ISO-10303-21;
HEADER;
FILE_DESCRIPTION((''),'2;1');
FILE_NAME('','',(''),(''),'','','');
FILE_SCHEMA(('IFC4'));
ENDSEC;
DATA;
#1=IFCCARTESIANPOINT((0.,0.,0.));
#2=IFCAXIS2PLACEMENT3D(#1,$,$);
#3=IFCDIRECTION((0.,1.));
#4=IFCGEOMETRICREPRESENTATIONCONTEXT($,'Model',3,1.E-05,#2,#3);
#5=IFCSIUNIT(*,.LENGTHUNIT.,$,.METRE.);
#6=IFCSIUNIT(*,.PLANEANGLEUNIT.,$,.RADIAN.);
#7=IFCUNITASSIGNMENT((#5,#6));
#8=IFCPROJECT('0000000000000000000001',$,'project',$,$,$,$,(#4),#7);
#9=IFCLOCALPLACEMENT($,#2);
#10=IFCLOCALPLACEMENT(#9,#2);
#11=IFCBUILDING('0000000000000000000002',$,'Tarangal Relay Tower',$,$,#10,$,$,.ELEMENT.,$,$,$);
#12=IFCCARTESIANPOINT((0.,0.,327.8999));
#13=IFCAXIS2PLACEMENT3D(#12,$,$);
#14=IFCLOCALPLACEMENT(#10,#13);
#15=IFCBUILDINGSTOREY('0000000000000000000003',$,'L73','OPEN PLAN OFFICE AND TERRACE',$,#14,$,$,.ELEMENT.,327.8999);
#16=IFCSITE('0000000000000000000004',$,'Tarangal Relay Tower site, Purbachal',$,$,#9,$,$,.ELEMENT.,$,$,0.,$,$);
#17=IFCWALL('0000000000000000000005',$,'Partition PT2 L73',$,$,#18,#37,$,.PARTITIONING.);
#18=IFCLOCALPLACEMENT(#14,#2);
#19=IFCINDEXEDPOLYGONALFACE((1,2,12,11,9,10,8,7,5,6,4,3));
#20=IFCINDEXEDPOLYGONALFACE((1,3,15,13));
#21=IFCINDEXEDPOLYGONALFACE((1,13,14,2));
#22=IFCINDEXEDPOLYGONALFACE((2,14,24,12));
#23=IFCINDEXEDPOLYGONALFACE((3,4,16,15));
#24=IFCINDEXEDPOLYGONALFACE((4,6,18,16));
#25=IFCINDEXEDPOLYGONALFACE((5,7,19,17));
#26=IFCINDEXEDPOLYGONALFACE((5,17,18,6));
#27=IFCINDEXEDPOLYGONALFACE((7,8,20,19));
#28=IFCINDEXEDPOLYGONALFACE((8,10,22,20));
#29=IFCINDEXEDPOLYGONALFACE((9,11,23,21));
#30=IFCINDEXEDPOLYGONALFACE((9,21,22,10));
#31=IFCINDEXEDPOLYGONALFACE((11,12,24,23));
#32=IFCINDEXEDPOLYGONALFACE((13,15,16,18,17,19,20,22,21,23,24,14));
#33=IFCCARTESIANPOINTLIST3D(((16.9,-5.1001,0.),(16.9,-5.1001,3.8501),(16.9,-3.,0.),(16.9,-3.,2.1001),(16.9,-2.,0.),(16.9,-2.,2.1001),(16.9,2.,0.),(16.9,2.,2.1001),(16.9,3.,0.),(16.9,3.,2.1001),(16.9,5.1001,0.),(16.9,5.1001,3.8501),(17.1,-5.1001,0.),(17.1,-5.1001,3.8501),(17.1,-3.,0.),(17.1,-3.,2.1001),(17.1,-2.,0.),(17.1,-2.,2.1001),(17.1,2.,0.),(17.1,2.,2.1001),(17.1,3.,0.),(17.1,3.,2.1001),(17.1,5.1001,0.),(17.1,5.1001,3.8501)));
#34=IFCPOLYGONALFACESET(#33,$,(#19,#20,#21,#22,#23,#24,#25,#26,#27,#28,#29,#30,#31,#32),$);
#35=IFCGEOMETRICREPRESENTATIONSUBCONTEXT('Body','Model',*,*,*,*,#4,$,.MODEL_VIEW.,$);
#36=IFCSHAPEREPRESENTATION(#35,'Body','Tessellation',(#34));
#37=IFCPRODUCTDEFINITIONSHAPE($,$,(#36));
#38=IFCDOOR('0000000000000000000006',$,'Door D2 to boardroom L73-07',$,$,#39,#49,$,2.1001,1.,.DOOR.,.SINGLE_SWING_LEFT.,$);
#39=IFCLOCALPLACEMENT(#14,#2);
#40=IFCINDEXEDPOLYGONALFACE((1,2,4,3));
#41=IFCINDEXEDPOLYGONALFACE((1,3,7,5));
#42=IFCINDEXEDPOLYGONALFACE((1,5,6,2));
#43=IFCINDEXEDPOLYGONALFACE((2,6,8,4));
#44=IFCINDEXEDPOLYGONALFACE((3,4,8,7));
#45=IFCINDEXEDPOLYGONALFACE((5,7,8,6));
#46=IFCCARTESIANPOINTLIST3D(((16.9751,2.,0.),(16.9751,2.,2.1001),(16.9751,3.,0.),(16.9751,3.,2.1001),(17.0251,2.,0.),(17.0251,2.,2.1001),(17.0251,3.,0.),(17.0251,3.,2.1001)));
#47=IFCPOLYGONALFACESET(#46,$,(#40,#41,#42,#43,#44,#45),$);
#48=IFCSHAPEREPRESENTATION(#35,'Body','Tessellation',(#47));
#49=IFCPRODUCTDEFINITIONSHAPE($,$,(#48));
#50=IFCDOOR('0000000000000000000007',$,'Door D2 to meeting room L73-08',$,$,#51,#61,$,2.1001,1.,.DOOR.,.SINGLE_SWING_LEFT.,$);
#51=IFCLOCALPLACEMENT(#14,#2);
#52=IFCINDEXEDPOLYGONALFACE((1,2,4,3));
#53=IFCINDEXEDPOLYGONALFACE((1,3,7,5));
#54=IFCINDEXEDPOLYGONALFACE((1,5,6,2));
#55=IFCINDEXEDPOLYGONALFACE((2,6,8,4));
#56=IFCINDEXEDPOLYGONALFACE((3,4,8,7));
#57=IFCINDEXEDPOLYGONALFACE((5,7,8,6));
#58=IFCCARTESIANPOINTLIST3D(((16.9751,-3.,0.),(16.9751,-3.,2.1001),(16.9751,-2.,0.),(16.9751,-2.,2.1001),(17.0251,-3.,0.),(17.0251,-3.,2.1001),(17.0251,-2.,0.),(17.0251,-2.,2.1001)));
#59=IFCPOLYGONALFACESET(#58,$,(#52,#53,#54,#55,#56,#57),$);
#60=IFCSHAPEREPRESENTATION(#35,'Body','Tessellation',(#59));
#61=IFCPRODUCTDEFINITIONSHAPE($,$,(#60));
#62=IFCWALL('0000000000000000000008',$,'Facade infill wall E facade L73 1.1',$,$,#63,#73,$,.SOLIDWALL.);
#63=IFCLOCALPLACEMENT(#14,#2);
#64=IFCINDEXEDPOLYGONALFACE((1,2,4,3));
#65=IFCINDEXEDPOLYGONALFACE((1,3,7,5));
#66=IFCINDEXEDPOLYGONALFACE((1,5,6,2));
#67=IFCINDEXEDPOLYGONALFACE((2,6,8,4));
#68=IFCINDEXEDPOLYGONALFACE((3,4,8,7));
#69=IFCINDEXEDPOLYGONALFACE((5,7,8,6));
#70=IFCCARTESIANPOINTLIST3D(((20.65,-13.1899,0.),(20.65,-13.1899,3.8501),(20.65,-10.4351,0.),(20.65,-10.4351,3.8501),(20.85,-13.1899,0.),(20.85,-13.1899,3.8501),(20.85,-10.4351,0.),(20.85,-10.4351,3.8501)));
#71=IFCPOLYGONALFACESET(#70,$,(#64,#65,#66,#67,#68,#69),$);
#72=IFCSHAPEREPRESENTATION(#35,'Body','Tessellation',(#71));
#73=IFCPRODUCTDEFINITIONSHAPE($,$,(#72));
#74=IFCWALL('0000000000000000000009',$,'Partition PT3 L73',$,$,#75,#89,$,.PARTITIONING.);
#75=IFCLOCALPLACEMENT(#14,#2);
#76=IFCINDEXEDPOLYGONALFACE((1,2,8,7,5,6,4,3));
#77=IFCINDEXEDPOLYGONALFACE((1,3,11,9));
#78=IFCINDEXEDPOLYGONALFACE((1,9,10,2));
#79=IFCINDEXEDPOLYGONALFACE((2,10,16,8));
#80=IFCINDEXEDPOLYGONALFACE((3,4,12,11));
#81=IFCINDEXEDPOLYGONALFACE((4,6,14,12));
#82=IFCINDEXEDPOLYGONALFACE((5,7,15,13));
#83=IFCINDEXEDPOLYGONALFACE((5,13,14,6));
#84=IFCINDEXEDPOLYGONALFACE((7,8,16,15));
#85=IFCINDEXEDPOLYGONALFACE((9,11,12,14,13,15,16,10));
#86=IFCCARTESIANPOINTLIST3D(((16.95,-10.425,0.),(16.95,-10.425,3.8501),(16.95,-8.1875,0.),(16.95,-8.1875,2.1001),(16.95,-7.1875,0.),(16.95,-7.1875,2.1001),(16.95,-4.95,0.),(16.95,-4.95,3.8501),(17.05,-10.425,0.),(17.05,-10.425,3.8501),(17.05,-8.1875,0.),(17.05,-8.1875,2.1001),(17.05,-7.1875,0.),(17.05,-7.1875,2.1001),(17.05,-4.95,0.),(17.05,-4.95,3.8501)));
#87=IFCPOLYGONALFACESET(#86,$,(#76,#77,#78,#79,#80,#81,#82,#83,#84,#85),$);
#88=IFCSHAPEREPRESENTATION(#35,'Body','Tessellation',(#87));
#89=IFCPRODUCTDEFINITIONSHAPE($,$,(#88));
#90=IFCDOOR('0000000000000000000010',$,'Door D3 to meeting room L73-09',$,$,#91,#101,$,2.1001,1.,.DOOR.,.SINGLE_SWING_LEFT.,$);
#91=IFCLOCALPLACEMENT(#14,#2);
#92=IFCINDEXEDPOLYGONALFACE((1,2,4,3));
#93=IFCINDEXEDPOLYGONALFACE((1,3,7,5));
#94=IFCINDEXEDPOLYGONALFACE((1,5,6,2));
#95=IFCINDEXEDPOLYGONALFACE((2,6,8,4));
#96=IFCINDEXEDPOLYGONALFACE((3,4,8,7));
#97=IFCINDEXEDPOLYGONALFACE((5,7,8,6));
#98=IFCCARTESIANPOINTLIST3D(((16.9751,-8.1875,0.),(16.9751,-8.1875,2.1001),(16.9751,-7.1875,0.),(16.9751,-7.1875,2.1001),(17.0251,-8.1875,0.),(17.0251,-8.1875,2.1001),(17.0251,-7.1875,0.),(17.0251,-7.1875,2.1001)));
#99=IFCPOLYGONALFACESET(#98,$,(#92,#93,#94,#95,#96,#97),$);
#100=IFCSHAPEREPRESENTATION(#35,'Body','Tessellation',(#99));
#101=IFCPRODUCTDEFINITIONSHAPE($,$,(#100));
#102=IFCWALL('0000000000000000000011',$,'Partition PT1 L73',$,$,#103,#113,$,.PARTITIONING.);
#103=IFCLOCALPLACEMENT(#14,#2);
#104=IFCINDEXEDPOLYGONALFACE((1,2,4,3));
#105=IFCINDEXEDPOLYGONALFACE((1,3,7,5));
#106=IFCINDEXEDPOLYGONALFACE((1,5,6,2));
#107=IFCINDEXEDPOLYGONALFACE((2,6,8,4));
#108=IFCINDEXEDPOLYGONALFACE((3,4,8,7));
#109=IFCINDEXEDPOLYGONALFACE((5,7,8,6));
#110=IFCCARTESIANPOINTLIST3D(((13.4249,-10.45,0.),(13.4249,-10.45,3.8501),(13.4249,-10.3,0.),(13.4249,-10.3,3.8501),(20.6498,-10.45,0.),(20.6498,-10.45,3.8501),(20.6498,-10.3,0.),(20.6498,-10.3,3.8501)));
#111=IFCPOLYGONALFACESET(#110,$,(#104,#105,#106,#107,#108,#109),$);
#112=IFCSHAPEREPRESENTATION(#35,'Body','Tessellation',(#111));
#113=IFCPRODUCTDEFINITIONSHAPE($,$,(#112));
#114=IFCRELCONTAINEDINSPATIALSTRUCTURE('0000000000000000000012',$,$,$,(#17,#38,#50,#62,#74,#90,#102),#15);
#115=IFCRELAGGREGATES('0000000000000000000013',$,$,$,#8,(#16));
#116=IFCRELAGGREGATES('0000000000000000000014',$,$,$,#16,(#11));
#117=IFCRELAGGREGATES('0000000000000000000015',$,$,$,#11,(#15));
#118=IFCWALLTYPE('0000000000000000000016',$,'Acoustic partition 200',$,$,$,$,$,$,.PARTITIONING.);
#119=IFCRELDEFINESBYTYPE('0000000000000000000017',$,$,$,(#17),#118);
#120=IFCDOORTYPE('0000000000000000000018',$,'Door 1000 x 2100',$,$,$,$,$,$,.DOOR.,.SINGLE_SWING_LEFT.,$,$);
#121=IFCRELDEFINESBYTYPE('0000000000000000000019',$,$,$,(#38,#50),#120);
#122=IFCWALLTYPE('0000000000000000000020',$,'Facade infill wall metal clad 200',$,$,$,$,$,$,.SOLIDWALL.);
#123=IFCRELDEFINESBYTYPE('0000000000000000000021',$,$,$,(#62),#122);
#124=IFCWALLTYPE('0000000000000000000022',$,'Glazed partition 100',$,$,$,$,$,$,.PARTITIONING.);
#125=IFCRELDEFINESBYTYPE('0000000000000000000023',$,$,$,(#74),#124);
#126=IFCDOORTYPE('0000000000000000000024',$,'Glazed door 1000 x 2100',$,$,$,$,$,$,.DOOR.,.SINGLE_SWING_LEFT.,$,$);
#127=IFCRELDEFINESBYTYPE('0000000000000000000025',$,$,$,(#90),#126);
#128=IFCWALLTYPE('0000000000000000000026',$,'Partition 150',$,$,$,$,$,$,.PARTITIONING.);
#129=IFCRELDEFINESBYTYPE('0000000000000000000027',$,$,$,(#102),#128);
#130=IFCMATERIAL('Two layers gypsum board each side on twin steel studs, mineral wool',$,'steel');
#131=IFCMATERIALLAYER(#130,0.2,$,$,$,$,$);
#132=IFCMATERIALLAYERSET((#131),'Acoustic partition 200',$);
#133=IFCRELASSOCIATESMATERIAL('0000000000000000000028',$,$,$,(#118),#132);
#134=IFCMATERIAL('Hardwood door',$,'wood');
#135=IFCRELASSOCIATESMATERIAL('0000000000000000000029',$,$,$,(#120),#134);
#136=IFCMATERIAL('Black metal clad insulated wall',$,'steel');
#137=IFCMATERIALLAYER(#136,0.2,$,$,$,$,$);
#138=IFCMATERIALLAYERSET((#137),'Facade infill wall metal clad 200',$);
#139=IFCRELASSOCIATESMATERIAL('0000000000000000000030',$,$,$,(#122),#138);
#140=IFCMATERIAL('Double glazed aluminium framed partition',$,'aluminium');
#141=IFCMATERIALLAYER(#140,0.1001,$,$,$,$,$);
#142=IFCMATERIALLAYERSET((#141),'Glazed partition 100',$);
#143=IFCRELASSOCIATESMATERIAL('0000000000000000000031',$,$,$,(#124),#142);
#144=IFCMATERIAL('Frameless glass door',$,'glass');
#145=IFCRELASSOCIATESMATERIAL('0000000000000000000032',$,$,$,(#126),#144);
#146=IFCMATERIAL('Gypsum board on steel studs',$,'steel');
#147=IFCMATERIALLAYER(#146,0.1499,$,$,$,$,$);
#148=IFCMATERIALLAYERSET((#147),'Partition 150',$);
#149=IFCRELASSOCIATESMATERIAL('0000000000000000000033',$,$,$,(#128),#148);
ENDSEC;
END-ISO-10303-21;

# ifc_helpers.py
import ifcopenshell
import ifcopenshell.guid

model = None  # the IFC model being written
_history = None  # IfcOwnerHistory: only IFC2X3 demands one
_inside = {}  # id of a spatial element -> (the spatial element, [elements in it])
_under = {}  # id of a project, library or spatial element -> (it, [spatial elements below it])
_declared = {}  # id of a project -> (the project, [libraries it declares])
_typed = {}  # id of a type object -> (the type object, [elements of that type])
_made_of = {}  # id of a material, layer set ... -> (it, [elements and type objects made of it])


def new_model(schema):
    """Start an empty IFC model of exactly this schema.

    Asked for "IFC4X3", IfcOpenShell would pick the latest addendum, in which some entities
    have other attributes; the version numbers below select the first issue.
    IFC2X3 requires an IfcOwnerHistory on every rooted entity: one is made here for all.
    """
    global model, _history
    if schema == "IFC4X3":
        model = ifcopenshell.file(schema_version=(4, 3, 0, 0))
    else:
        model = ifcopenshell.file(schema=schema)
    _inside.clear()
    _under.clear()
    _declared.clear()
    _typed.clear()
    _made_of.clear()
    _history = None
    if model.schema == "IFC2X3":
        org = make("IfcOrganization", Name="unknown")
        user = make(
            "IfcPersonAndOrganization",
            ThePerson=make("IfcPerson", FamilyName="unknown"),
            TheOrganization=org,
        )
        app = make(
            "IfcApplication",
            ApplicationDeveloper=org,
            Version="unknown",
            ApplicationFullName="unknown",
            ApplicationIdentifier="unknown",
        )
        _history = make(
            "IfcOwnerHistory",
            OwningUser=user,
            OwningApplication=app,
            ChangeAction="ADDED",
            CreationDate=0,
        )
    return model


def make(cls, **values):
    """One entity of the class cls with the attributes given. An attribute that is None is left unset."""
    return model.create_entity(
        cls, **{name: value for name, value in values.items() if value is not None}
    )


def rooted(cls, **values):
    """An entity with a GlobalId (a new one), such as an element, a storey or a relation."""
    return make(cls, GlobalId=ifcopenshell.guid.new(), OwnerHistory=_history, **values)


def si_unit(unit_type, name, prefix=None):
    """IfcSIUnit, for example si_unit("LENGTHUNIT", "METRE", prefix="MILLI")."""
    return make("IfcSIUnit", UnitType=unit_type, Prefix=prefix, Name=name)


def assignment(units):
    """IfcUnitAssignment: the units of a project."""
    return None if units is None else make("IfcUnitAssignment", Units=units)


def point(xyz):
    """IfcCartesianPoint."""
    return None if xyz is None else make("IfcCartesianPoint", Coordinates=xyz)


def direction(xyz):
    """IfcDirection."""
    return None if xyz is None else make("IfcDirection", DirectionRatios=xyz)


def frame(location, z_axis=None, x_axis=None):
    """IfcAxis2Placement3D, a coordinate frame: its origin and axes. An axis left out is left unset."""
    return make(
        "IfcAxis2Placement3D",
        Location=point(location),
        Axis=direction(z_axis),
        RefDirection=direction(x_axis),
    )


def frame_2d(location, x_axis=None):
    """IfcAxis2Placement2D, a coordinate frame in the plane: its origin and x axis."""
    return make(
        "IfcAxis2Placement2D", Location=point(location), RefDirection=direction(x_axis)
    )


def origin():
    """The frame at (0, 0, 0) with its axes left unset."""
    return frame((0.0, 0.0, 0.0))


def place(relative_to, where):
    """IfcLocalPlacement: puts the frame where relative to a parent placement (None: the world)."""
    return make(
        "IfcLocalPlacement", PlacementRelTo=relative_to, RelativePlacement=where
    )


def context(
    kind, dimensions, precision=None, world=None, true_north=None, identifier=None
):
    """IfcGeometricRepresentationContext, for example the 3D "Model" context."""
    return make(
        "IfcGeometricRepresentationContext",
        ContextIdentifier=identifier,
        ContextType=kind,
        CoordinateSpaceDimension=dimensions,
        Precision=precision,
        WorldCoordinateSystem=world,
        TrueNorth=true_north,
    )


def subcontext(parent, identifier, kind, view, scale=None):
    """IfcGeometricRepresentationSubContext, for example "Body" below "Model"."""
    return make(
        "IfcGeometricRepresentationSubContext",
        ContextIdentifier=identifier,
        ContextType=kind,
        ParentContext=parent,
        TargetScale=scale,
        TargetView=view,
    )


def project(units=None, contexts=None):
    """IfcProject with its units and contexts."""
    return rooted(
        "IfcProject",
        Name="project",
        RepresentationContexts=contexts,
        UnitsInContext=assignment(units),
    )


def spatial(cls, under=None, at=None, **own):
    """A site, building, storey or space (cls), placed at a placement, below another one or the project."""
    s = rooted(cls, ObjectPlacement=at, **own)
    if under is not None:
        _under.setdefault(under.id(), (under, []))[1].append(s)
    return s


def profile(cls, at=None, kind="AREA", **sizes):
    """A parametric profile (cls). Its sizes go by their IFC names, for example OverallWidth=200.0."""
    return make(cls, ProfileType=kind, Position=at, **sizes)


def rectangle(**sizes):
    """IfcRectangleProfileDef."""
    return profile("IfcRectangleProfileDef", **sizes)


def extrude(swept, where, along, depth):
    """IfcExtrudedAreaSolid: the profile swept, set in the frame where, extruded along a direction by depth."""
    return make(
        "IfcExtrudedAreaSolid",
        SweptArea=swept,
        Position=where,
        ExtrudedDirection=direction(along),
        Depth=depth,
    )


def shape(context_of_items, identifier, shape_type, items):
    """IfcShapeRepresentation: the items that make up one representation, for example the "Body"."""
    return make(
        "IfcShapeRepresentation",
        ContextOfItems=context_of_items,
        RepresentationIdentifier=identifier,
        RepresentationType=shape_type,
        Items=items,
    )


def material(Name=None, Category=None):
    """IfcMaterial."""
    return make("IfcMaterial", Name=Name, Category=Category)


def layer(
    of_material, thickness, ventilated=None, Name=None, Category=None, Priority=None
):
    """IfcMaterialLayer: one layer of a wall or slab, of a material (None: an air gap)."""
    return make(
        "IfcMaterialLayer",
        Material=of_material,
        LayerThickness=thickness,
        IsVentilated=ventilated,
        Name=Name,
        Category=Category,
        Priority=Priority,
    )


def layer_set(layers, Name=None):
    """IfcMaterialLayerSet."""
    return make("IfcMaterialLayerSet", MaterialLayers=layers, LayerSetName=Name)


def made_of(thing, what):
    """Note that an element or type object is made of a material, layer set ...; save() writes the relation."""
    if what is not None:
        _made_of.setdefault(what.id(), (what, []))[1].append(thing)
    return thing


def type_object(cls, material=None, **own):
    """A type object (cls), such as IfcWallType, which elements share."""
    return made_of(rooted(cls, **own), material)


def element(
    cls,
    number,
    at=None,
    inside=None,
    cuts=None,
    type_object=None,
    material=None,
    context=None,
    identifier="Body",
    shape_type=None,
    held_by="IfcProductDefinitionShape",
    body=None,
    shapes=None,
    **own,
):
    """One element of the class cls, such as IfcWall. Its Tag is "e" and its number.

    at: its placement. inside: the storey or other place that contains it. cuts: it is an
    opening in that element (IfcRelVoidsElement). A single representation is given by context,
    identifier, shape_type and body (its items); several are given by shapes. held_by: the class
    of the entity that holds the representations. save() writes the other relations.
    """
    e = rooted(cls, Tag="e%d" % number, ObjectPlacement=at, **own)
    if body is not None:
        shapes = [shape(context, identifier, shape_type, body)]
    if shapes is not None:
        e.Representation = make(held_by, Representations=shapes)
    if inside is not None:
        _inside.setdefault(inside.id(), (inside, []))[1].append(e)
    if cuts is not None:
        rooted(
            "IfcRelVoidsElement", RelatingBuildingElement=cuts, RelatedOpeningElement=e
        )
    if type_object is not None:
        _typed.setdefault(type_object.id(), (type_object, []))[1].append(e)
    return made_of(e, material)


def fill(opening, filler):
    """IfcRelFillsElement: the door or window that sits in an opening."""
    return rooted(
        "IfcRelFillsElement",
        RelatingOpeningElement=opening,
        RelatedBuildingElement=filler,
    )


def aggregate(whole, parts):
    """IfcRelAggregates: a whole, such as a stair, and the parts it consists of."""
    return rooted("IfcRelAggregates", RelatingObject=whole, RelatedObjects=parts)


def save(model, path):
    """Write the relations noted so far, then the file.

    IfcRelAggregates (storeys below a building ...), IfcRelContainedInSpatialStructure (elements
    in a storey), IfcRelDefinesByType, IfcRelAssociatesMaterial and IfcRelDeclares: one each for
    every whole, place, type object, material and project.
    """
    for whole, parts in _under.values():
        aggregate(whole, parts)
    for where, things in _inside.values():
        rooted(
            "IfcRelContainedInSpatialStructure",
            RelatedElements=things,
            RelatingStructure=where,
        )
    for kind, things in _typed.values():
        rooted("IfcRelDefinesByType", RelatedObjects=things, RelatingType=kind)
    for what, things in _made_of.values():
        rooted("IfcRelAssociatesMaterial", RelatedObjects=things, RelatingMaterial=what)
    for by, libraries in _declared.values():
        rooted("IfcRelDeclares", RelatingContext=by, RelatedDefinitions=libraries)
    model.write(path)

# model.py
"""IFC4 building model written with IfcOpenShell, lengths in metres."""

from ifc_helpers import new_model, si_unit, direction, frame, frame_2d, origin, place, context, subcontext, project, spatial, rectangle, extrude, material, layer, layer_set, type_object, element, fill, save


model = new_model("IFC4")

# Units and contexts
model_context = context("Model", 3, precision=1e-05, world=origin(), true_north=direction((0.0, 1.0)))
body_context = subcontext(model_context, "Body", "Model", "MODEL_VIEW")
ifc_project = project(units=[si_unit("LENGTHUNIT", "METRE"), si_unit("PLANEANGLEUNIT", "RADIAN")], contexts=[model_context])

# Site, building, storey
site_placement = place(None, origin())
site = spatial("IfcSite", under=ifc_project, at=site_placement, Name="Tarangal Relay Tower site, Purbachal", CompositionType="ELEMENT", RefElevation=0.0)
building_placement = place(site_placement, origin())
building = spatial("IfcBuilding", under=site, at=building_placement, Name="Tarangal Relay Tower", CompositionType="ELEMENT")
storey_placement = place(building_placement, frame((0.0, 0.0, 327.8999)))
storey = spatial("IfcBuildingStorey", under=building, at=storey_placement, Name="L73", Description="OPEN PLAN OFFICE AND TERRACE", CompositionType="ELEMENT", Elevation=327.8999)

# Shared definitions
ifc_material_1 = material(Name="Two layers gypsum board each side on twin steel studs, mineral wool", Category="steel")
ifc_layer_1 = layer(ifc_material_1, 0.2)
ifc_layer_set_1 = layer_set([ifc_layer_1], Name="Acoustic partition 200")
wall_type_1 = type_object("IfcWallType", Name="Acoustic partition 200", PredefinedType="PARTITIONING", material=ifc_layer_set_1)

# Wall, openings, doors
wall_1_placement = place(storey_placement, frame((17.0, -5.1001, 0.0), z_axis=(0.0, 0.0, 1.0), x_axis=(0.0, 1.0, 0.0)))
wall_1 = element("IfcWall", 1, at=wall_1_placement, inside=storey, type_object=wall_type_1, Name="Partition PT2 L73", PredefinedType="PARTITIONING", context=body_context, shape_type="SweptSolid", body=[
    extrude(rectangle(XDim=10.2002, YDim=0.2, at=frame_2d((5.1001, 0.0))), origin(), (0.0, 0.0, 1.0), 3.8501),
])
opening_1_placement = place(wall_1_placement, frame((7.1001, 0.0, 0.0)))
opening_1 = element("IfcOpeningElement", 2, at=opening_1_placement, cuts=wall_1, PredefinedType="OPENING", context=body_context, shape_type="SweptSolid", body=[
    extrude(rectangle(XDim=1.0, YDim=2.1001, at=frame_2d((0.5, 1.05))), frame((0.0, 0.1099, 0.0), z_axis=(0.0, -1.0, 0.0), x_axis=(1.0, 0.0, 0.0)), (0.0, 0.0, 1.0), 0.22),
])
opening_2_placement = place(wall_1_placement, frame((2.1001, 0.0, 0.0)))
opening_2 = element("IfcOpeningElement", 3, at=opening_2_placement, cuts=wall_1, PredefinedType="OPENING", context=body_context, shape_type="SweptSolid", body=[
    extrude(rectangle(XDim=1.0, YDim=2.1001, at=frame_2d((0.5, 1.05))), frame((0.0, 0.1099, 0.0), z_axis=(0.0, -1.0, 0.0), x_axis=(1.0, 0.0, 0.0)), (0.0, 0.0, 1.0), 0.22),
])
ifc_material_2 = material(Name="Hardwood door", Category="wood")
door_type_1 = type_object("IfcDoorType", Name="Door 1000 x 2100", OperationType="SINGLE_SWING_LEFT", PredefinedType="DOOR", material=ifc_material_2)
door_1_placement = place(opening_1_placement, origin())
door_1 = element("IfcDoor", 4, at=door_1_placement, inside=storey, type_object=door_type_1, Name="Door D2 to boardroom L73-07", OperationType="SINGLE_SWING_LEFT", OverallHeight=2.1001, OverallWidth=1.0, PredefinedType="DOOR", context=body_context, shape_type="SweptSolid", body=[
    extrude(rectangle(XDim=1.0, YDim=2.1001, at=frame_2d((0.5, 1.05))), frame((0.0, 0.0249, 0.0), z_axis=(0.0, -1.0, 0.0), x_axis=(1.0, 0.0, 0.0)), (0.0, 0.0, 1.0), 0.05),
])
fill(opening_1, door_1)
door_2_placement = place(opening_2_placement, origin())
door_2 = element("IfcDoor", 5, at=door_2_placement, inside=storey, type_object=door_type_1, Name="Door D2 to meeting room L73-08", OperationType="SINGLE_SWING_LEFT", OverallHeight=2.1001, OverallWidth=1.0, PredefinedType="DOOR", context=body_context, shape_type="SweptSolid", body=[
    extrude(rectangle(XDim=1.0, YDim=2.1001, at=frame_2d((0.5, 1.05))), frame((0.0, 0.0249, 0.0), z_axis=(0.0, -1.0, 0.0), x_axis=(1.0, 0.0, 0.0)), (0.0, 0.0, 1.0), 0.05),
])
fill(opening_2, door_2)

# Wall
ifc_material_3 = material(Name="Black metal clad insulated wall", Category="steel")
ifc_layer_2 = layer(ifc_material_3, 0.2)
ifc_layer_set_2 = layer_set([ifc_layer_2], Name="Facade infill wall metal clad 200")
wall_type_2 = type_object("IfcWallType", Name="Facade infill wall metal clad 200", PredefinedType="SOLIDWALL", material=ifc_layer_set_2)
wall_2_placement = place(storey_placement, frame((20.75, -10.4351, 0.0), z_axis=(0.0, 0.0, 1.0), x_axis=(0.0, -1.0, 0.0)))
element("IfcWall", 6, at=wall_2_placement, inside=storey, type_object=wall_type_2, Name="Facade infill wall E facade L73 1.1", PredefinedType="SOLIDWALL", context=body_context, shape_type="SweptSolid", body=[
    extrude(rectangle(XDim=2.7549, YDim=0.2, at=frame_2d((1.3774, 0.0))), origin(), (0.0, 0.0, 1.0), 3.8501),
])

# Wall, opening, door
ifc_material_4 = material(Name="Double glazed aluminium framed partition", Category="aluminium")
ifc_layer_3 = layer(ifc_material_4, 0.1001)
ifc_layer_set_3 = layer_set([ifc_layer_3], Name="Glazed partition 100")
wall_type_3 = type_object("IfcWallType", Name="Glazed partition 100", PredefinedType="PARTITIONING", material=ifc_layer_set_3)
wall_3_placement = place(storey_placement, frame((17.0, -10.425, 0.0), z_axis=(0.0, 0.0, 1.0), x_axis=(0.0, 1.0, 0.0)))
wall_3 = element("IfcWall", 7, at=wall_3_placement, inside=storey, type_object=wall_type_3, Name="Partition PT3 L73", PredefinedType="PARTITIONING", context=body_context, shape_type="SweptSolid", body=[
    extrude(rectangle(XDim=5.4751, YDim=0.1001, at=frame_2d((2.7375, 0.0))), origin(), (0.0, 0.0, 1.0), 3.8501),
])
opening_3_placement = place(wall_3_placement, frame((2.2375, 0.0, 0.0)))
opening_3 = element("IfcOpeningElement", 8, at=opening_3_placement, cuts=wall_3, PredefinedType="OPENING", context=body_context, shape_type="SweptSolid", body=[
    extrude(rectangle(XDim=1.0, YDim=2.1001, at=frame_2d((0.5, 1.05))), frame((0.0, 0.0601, 0.0), z_axis=(0.0, -1.0, 0.0), x_axis=(1.0, 0.0, 0.0)), (0.0, 0.0, 1.0), 0.1201),
])
ifc_material_5 = material(Name="Frameless glass door", Category="glass")
door_type_2 = type_object("IfcDoorType", Name="Glazed door 1000 x 2100", OperationType="SINGLE_SWING_LEFT", PredefinedType="DOOR", material=ifc_material_5)
door_3_placement = place(opening_3_placement, origin())
door_3 = element("IfcDoor", 9, at=door_3_placement, inside=storey, type_object=door_type_2, Name="Door D3 to meeting room L73-09", OperationType="SINGLE_SWING_LEFT", OverallHeight=2.1001, OverallWidth=1.0, PredefinedType="DOOR", context=body_context, shape_type="SweptSolid", body=[
    extrude(rectangle(XDim=1.0, YDim=2.1001, at=frame_2d((0.5, 1.05))), frame((0.0, 0.0249, 0.0), z_axis=(0.0, -1.0, 0.0), x_axis=(1.0, 0.0, 0.0)), (0.0, 0.0, 1.0), 0.05),
])
fill(opening_3, door_3)

# Wall
ifc_material_6 = material(Name="Gypsum board on steel studs", Category="steel")
ifc_layer_4 = layer(ifc_material_6, 0.1499)
ifc_layer_set_4 = layer_set([ifc_layer_4], Name="Partition 150")
wall_type_4 = type_object("IfcWallType", Name="Partition 150", PredefinedType="PARTITIONING", material=ifc_layer_set_4)
wall_4_placement = place(storey_placement, frame((13.425, -10.375, 0.0), z_axis=(0.0, 0.0, 1.0), x_axis=(1.0, 0.0, 0.0)))
element("IfcWall", 10, at=wall_4_placement, inside=storey, type_object=wall_type_4, Name="Partition PT1 L73", PredefinedType="PARTITIONING", context=body_context, shape_type="SweptSolid", body=[
    extrude(rectangle(XDim=7.2249, YDim=0.1499, at=frame_2d((3.6123, 0.0))), origin(), (0.0, 0.0, 1.0), 3.8501),
])

save(model, "model.ifc")
